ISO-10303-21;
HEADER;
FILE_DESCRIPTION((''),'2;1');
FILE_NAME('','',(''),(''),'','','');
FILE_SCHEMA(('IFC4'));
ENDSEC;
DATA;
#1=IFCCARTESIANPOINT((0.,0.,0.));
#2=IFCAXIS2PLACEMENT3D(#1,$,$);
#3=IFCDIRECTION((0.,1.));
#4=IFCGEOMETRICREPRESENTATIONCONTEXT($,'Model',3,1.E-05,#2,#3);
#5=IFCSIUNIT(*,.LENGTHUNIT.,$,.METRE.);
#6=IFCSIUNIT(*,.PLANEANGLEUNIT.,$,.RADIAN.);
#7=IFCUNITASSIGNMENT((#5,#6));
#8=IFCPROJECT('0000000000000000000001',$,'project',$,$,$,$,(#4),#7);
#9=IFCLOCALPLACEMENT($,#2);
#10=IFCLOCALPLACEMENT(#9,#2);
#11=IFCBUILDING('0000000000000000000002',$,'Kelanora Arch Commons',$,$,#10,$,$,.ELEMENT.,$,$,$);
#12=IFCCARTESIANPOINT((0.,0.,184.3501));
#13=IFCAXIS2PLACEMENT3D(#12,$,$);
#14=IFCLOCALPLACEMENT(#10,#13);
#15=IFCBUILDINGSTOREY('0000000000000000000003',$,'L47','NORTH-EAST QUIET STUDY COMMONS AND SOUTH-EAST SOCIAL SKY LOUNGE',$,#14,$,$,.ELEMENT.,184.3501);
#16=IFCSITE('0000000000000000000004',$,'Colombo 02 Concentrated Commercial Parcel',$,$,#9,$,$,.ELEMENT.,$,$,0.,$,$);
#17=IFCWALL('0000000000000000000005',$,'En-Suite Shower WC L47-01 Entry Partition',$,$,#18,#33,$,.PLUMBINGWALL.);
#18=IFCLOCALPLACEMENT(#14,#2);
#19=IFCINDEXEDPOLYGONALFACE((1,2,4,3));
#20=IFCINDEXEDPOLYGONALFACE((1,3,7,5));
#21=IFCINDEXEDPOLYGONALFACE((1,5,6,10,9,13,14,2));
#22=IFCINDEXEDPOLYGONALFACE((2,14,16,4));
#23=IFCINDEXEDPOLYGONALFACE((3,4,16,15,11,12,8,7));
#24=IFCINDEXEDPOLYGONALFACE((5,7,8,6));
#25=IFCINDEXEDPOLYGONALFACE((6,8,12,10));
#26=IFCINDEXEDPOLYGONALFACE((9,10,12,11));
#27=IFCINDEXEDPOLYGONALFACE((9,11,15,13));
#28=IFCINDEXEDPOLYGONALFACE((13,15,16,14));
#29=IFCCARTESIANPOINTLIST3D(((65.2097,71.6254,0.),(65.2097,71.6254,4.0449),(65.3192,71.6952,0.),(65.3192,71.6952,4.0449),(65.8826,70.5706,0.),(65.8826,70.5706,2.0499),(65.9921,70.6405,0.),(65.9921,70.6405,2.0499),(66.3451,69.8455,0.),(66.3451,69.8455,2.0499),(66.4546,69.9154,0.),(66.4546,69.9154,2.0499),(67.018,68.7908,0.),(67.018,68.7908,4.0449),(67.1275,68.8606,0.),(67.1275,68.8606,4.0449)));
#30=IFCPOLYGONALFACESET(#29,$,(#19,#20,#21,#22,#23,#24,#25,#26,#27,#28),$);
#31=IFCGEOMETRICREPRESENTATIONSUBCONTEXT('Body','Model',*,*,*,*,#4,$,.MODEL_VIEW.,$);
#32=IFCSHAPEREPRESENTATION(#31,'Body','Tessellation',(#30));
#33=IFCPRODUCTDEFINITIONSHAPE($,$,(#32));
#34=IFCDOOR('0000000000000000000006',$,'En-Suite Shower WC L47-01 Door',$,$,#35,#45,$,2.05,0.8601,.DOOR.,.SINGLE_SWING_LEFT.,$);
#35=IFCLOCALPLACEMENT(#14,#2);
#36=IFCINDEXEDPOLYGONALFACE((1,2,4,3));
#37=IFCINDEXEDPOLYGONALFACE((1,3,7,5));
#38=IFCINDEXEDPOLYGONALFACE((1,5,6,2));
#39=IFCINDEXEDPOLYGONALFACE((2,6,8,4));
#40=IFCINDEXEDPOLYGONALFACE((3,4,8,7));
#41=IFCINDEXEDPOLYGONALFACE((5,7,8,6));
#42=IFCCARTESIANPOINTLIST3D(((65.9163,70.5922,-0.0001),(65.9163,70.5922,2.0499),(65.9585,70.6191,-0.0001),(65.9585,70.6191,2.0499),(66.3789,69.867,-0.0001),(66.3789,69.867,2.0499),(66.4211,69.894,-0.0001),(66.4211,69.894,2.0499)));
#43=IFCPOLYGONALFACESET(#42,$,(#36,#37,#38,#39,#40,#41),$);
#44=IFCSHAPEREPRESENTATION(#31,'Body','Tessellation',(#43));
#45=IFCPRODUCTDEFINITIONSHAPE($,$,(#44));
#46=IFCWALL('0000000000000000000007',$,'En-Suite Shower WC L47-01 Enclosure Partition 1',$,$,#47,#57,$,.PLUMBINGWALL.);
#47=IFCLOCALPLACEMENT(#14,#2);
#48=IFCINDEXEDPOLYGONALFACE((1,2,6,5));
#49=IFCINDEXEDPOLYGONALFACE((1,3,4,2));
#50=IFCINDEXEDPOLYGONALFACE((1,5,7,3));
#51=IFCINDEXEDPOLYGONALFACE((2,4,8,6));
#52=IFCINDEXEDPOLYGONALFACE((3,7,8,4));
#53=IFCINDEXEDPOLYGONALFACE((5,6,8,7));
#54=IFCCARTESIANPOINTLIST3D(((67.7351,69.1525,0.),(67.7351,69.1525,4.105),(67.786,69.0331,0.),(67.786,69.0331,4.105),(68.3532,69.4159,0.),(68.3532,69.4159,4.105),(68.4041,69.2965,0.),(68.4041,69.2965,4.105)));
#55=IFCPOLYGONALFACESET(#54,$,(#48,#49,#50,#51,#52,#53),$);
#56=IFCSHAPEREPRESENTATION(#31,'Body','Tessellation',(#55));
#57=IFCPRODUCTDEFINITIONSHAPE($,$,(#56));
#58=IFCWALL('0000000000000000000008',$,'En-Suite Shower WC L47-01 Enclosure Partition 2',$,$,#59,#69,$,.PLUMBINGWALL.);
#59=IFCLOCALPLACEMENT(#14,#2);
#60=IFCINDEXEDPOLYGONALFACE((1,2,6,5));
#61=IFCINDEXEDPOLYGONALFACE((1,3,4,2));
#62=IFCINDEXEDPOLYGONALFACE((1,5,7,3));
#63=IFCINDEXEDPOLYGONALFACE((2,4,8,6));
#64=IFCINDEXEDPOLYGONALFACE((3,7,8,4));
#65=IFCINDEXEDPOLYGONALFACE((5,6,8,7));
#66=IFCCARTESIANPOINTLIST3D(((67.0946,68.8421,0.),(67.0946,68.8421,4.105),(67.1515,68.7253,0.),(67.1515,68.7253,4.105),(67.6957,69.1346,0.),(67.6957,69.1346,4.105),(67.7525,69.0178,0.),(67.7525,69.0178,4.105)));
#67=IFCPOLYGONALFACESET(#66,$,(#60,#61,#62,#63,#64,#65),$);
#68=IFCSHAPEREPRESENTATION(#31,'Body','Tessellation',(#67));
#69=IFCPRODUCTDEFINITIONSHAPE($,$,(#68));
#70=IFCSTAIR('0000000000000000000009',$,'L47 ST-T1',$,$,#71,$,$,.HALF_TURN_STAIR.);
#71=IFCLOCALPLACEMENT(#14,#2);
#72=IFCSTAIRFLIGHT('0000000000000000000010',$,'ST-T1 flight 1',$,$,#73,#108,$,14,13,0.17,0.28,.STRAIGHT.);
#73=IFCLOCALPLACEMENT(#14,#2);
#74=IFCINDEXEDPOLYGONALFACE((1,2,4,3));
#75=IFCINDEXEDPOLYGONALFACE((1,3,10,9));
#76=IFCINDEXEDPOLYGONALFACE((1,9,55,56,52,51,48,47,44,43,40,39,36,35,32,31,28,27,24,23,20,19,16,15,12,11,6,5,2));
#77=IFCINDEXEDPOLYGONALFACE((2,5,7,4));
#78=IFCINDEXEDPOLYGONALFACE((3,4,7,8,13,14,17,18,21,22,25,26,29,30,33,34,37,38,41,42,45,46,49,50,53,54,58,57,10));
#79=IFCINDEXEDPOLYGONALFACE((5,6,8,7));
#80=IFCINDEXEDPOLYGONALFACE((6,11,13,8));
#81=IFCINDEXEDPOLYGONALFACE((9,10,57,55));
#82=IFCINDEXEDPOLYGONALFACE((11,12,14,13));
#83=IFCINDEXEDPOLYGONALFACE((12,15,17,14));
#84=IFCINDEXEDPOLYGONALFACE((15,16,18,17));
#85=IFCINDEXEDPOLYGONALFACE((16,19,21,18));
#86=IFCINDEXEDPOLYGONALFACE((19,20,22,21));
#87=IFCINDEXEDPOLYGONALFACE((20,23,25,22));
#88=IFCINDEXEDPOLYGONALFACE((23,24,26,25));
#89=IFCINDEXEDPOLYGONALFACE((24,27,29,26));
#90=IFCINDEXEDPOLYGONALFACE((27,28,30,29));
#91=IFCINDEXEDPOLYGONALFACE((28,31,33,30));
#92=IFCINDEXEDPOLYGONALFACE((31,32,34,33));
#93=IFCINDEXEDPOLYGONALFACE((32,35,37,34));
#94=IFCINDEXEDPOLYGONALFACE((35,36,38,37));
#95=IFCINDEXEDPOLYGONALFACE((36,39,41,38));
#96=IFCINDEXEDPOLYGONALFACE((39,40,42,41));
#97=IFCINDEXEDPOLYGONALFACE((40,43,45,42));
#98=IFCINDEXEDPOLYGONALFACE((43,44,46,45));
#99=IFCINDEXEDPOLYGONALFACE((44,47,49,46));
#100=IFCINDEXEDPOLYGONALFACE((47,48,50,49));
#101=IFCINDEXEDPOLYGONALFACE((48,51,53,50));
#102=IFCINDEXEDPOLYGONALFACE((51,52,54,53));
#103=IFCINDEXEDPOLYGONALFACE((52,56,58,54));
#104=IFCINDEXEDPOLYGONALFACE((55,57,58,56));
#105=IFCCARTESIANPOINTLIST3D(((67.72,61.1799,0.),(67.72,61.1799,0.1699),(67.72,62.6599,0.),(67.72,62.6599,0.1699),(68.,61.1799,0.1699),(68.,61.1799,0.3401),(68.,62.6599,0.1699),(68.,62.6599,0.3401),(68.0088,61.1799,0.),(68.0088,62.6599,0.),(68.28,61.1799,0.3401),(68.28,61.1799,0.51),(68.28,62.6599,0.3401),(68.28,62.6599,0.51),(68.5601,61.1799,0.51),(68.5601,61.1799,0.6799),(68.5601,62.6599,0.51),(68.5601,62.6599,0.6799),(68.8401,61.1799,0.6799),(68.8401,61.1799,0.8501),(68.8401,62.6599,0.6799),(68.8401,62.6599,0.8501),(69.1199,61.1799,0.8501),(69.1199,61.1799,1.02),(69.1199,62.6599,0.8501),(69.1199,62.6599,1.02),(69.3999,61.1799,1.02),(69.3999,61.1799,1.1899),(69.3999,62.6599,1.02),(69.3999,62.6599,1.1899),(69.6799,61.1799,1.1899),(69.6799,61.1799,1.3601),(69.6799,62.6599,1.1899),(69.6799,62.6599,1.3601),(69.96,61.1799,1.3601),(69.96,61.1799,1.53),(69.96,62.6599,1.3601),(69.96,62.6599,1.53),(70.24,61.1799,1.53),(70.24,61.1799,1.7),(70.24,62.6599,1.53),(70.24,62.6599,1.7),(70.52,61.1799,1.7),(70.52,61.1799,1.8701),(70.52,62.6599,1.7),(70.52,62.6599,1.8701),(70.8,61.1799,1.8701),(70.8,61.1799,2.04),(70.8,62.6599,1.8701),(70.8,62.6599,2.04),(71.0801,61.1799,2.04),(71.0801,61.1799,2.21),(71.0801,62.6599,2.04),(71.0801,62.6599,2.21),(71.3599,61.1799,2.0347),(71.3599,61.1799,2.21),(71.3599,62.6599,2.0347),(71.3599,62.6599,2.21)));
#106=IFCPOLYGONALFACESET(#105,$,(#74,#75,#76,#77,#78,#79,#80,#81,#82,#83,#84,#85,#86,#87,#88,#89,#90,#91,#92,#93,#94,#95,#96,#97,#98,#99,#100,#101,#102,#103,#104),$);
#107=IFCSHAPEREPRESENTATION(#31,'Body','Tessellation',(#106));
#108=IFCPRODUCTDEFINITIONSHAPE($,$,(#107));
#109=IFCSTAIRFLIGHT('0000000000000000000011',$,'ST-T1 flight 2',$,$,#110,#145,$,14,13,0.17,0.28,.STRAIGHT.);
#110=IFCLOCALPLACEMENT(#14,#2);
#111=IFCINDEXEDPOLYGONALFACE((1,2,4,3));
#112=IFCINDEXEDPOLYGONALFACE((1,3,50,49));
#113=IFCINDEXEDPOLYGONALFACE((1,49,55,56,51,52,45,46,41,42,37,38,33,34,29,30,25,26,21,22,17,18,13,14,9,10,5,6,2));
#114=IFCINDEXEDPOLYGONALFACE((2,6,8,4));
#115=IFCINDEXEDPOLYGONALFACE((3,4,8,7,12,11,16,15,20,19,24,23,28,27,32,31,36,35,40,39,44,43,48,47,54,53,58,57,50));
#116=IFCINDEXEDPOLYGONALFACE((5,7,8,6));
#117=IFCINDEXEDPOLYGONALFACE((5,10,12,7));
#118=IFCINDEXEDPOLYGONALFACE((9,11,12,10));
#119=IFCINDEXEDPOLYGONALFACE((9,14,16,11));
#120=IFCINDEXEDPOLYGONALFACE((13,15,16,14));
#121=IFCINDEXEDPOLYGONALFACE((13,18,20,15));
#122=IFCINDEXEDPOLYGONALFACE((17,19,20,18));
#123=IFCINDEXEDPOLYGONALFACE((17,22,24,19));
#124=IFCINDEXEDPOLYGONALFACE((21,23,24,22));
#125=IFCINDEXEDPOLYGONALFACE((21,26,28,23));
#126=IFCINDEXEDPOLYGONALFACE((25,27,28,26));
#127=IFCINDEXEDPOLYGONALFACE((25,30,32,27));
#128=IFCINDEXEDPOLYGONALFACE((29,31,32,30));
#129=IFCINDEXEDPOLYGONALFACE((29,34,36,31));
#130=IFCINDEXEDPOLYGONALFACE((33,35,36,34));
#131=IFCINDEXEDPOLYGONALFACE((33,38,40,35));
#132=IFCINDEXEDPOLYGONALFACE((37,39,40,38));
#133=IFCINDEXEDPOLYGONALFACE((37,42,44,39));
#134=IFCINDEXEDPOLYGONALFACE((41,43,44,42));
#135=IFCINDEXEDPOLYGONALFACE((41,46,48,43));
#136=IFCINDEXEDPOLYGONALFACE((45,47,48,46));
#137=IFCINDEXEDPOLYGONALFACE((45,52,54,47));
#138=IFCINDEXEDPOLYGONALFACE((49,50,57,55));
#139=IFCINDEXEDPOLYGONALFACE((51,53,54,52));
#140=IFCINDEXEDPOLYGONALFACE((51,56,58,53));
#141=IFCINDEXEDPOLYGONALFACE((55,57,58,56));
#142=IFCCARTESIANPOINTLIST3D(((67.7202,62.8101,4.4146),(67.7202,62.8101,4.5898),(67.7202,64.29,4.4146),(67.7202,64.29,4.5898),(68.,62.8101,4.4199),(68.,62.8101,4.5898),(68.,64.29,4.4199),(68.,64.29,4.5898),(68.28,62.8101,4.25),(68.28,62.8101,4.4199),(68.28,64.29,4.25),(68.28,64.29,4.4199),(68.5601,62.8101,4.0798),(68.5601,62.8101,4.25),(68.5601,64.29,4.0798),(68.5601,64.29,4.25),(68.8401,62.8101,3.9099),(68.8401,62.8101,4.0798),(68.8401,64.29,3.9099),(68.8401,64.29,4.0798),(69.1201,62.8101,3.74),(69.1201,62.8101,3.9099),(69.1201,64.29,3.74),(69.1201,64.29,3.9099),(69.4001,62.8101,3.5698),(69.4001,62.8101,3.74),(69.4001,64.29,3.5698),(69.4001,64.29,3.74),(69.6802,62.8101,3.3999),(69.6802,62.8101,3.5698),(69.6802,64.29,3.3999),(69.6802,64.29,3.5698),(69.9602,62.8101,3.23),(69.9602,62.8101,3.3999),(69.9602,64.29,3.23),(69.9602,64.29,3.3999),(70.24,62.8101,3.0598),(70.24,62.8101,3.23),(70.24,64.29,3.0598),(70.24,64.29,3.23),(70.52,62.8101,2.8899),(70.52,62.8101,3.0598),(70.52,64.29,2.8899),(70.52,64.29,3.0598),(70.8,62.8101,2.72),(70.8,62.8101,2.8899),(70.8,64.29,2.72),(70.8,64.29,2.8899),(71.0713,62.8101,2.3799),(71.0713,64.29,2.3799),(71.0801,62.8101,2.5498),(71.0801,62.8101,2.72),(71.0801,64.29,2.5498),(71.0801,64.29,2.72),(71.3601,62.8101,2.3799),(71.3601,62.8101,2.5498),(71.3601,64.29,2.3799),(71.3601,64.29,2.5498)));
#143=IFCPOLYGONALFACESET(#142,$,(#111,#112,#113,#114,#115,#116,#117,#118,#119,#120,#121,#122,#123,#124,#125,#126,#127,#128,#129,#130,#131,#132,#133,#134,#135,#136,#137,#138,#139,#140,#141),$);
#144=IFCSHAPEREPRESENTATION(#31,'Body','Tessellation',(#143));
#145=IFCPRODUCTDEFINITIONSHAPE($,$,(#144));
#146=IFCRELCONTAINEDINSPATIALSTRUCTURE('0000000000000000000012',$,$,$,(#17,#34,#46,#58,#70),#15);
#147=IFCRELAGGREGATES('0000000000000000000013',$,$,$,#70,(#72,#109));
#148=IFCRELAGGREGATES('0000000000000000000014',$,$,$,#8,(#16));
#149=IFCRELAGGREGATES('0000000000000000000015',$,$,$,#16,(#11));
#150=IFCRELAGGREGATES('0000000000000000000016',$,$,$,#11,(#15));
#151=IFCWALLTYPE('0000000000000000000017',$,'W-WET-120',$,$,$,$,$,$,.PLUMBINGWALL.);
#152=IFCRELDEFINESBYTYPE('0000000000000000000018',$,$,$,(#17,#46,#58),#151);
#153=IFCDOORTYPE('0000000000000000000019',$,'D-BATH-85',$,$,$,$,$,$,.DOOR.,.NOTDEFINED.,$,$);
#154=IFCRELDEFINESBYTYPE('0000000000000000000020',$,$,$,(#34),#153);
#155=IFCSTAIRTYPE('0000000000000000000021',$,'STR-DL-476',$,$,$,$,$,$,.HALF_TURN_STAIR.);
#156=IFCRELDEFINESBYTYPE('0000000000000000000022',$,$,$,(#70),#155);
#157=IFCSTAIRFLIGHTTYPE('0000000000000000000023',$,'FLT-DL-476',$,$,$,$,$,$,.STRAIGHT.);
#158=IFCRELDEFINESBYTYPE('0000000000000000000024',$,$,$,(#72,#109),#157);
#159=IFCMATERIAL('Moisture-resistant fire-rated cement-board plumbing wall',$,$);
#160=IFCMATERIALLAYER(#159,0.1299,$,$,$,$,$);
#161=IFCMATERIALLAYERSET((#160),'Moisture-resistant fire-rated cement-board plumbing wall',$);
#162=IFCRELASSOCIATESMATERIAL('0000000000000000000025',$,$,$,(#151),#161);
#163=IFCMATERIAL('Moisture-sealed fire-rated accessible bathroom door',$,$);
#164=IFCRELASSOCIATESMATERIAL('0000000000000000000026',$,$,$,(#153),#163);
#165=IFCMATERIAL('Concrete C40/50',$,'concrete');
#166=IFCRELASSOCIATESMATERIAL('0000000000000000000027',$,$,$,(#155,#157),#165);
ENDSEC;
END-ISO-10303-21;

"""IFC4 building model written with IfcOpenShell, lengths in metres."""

from ifc_helpers import new_model, si_unit, direction, frame, frame_2d, origin, place, context, subcontext, project, spatial, polyline, rectangle, outline, extrude, material, layer, layer_set, type_object, element, fill, aggregate, save


model = new_model("IFC4")

# Units and contexts
model_context = context("Model", 3, precision=1e-05, world=origin(), true_north=direction((0.0, 1.0)))
body_context = subcontext(model_context, "Body", "Model", "MODEL_VIEW")
ifc_project = project(units=[si_unit("LENGTHUNIT", "METRE"), si_unit("PLANEANGLEUNIT", "RADIAN")], contexts=[model_context])

# Site, building, storey
site_placement = place(None, origin())
site = spatial("IfcSite", under=ifc_project, at=site_placement, Name="Colombo 02 Concentrated Commercial Parcel", CompositionType="ELEMENT", RefElevation=0.0)
building_placement = place(site_placement, origin())
building = spatial("IfcBuilding", under=site, at=building_placement, Name="Kelanora Arch Commons", CompositionType="ELEMENT")
storey_placement = place(building_placement, frame((0.0, 0.0, 184.3501)))
storey = spatial("IfcBuildingStorey", under=building, at=storey_placement, Name="L47", Description="NORTH-EAST QUIET STUDY COMMONS AND SOUTH-EAST SOCIAL SKY LOUNGE", CompositionType="ELEMENT", Elevation=184.3501)

# Shared definitions
ifc_material_1 = material(Name="Concrete C40/50", Category="concrete")

# Wall, opening, door
ifc_material_2 = material(Name="Moisture-resistant fire-rated cement-board plumbing wall")
ifc_layer_1 = layer(ifc_material_2, 0.1299)
ifc_layer_set_1 = layer_set([ifc_layer_1], Name="Moisture-resistant fire-rated cement-board plumbing wall")
wall_type_1 = type_object("IfcWallType", Name="W-WET-120", PredefinedType="PLUMBINGWALL", material=ifc_layer_set_1)
wall_1_placement = place(storey_placement, frame((67.0728, 68.8257, 0.0), z_axis=(0.0, 0.0, 1.0), x_axis=(-0.537815, 0.843063, 0.0)))
wall_1 = element("IfcWall", 1, at=wall_1_placement, inside=storey, type_object=wall_type_1, Name="En-Suite Shower WC L47-01 Entry Partition", PredefinedType="PLUMBINGWALL", context=body_context, shape_type="SweptSolid", body=[
    extrude(rectangle(XDim=3.3623, YDim=0.1299, at=frame_2d((1.6812, 0.0))), origin(), (0.0, 0.0, 1.0), 4.0449),
])
opening_1_placement = place(wall_1_placement, frame((1.251, 0.0, 0.0)))
opening_1 = element("IfcOpeningElement", 2, at=opening_1_placement, cuts=wall_1, PredefinedType="OPENING", context=body_context, shape_type="SweptSolid", body=[
    extrude(rectangle(XDim=0.8601, YDim=2.05, at=frame_2d((0.4302, 1.0249))), frame((0.0, 0.075, 0.0), z_axis=(0.0, -1.0, 0.0), x_axis=(1.0, 0.0, 0.0)), (0.0, 0.0, 1.0), 0.1499),
])
ifc_material_3 = material(Name="Moisture-sealed fire-rated accessible bathroom door")
door_type_1 = type_object("IfcDoorType", Name="D-BATH-85", OperationType="NOTDEFINED", PredefinedType="DOOR", material=ifc_material_3)
door_1_placement = place(opening_1_placement, origin())
door_1 = element("IfcDoor", 3, at=door_1_placement, inside=storey, type_object=door_type_1, Name="En-Suite Shower WC L47-01 Door", OperationType="SINGLE_SWING_LEFT", OverallHeight=2.05, OverallWidth=0.8601, PredefinedType="DOOR", context=body_context, shape_type="SweptSolid", body=[
    extrude(rectangle(XDim=0.8601, YDim=2.05, at=frame_2d((0.4302, 1.0249))), frame((0.0, 0.0249, 0.0), z_axis=(0.0, -1.0, 0.0), x_axis=(1.0, 0.0, 0.0)), (0.0, 0.0, 1.0), 0.05),
])
fill(opening_1, door_1)

# Walls
wall_2_placement = place(storey_placement, frame((68.3787, 69.3562, 0.0), z_axis=(0.0, 0.0, 1.0), x_axis=(-0.919951, -0.392033, 0.0)))
element("IfcWall", 4, at=wall_2_placement, inside=storey, type_object=wall_type_1, Name="En-Suite Shower WC L47-01 Enclosure Partition 1", PredefinedType="PLUMBINGWALL", context=body_context, shape_type="SweptSolid", body=[
    extrude(rectangle(XDim=0.6719, YDim=0.1299, at=frame_2d((0.3359, 0.0))), origin(), (0.0, 0.0, 1.0), 4.105),
])
wall_3_placement = place(storey_placement, frame((67.7241, 69.0762, 0.0), z_axis=(0.0, 0.0, 1.0), x_axis=(-0.899196, -0.437546, 0.0)))
element("IfcWall", 5, at=wall_3_placement, inside=storey, type_object=wall_type_1, Name="En-Suite Shower WC L47-01 Enclosure Partition 2", PredefinedType="PLUMBINGWALL", context=body_context, shape_type="SweptSolid", body=[
    extrude(rectangle(XDim=0.6685, YDim=0.1299, at=frame_2d((0.3342, 0.0))), origin(), (0.0, 0.0, 1.0), 4.105),
])

# Stair, stair flights
stair_type = type_object("IfcStairType", Name="STR-DL-476", PredefinedType="HALF_TURN_STAIR", material=ifc_material_1)
stair_placement = place(storey_placement, origin())
stair = element("IfcStair", 6, at=stair_placement, inside=storey, type_object=stair_type, Name="L47 ST-T1", PredefinedType="HALF_TURN_STAIR")
stair_flight_type = type_object("IfcStairFlightType", Name="FLT-DL-476", PredefinedType="STRAIGHT", material=ifc_material_1)
stair_flight_1_placement = place(storey_placement, frame((67.72, 61.9199, 0.0), z_axis=(0.0, 0.0, 1.0), x_axis=(1.0, 0.0, 0.0)))
stair_flight_1 = element("IfcStairFlight", 7, at=stair_flight_1_placement, type_object=stair_flight_type, Name="ST-T1 flight 1", NumberOfRisers=14, NumberOfTreads=13, PredefinedType="STRAIGHT", RiserHeight=0.17, TreadLength=0.28, context=body_context, shape_type="SweptSolid", body=[
    extrude(outline(polyline([(0.0, 0.0), (0.0, 0.1699), (0.28, 0.1699), (0.28, 0.3401), (0.5601, 0.3401), (0.5601, 0.51), (0.8401, 0.51), (0.8401, 0.6799), (1.1201, 0.6799), (1.1201, 0.8501), (1.3999, 0.8501), (1.3999, 1.02), (1.6799, 1.02), (1.6799, 1.1899), (1.96, 1.1899), (1.96, 1.3601), (2.24, 1.3601), (2.24, 1.53), (2.52, 1.53), (2.52, 1.7), (2.8, 1.7), (2.8, 1.8701), (3.0801, 1.8701), (3.0801, 2.04), (3.3601, 2.04), (3.3601, 2.21), (3.6399, 2.21), (3.6399, 2.3799), (3.6399, 2.0347), (0.2888, 0.0), (0.0, 0.0)])), frame((0.0, 0.74, 0.0), z_axis=(0.0, -1.0, 0.0), x_axis=(1.0, 0.0, 0.0)), (0.0, 0.0, 1.0), 1.48),
])
stair_flight_2_placement = place(storey_placement, frame((71.3601, 63.55, 2.3799), z_axis=(0.0, 0.0, 1.0), x_axis=(-1.0, 0.0, 0.0)))
stair_flight_2 = element("IfcStairFlight", 8, at=stair_flight_2_placement, type_object=stair_flight_type, Name="ST-T1 flight 2", NumberOfRisers=14, NumberOfTreads=13, PredefinedType="STRAIGHT", RiserHeight=0.17, TreadLength=0.28, context=body_context, shape_type="SweptSolid", body=[
    extrude(outline(polyline([(0.0, 0.0), (0.0, 0.1699), (0.28, 0.1699), (0.28, 0.3401), (0.5601, 0.3401), (0.5601, 0.51), (0.8401, 0.51), (0.8401, 0.6799), (1.1201, 0.6799), (1.1201, 0.8501), (1.3999, 0.8501), (1.3999, 1.02), (1.6799, 1.02), (1.6799, 1.1899), (1.96, 1.1899), (1.96, 1.3601), (2.24, 1.3601), (2.24, 1.53), (2.52, 1.53), (2.52, 1.7), (2.8, 1.7), (2.8, 1.8701), (3.0801, 1.8701), (3.0801, 2.04), (3.3601, 2.04), (3.3601, 2.21), (3.6399, 2.21), (3.6399, 2.3799), (3.6399, 2.0347), (0.2888, 0.0), (0.0, 0.0)])), frame((0.0, 0.74, 0.0), z_axis=(0.0, -1.0, 0.0), x_axis=(1.0, 0.0, 0.0)), (0.0, 0.0, 1.0), 1.48),
])
aggregate(stair, [stair_flight_1, stair_flight_2])

save(model, "model.ifc")
